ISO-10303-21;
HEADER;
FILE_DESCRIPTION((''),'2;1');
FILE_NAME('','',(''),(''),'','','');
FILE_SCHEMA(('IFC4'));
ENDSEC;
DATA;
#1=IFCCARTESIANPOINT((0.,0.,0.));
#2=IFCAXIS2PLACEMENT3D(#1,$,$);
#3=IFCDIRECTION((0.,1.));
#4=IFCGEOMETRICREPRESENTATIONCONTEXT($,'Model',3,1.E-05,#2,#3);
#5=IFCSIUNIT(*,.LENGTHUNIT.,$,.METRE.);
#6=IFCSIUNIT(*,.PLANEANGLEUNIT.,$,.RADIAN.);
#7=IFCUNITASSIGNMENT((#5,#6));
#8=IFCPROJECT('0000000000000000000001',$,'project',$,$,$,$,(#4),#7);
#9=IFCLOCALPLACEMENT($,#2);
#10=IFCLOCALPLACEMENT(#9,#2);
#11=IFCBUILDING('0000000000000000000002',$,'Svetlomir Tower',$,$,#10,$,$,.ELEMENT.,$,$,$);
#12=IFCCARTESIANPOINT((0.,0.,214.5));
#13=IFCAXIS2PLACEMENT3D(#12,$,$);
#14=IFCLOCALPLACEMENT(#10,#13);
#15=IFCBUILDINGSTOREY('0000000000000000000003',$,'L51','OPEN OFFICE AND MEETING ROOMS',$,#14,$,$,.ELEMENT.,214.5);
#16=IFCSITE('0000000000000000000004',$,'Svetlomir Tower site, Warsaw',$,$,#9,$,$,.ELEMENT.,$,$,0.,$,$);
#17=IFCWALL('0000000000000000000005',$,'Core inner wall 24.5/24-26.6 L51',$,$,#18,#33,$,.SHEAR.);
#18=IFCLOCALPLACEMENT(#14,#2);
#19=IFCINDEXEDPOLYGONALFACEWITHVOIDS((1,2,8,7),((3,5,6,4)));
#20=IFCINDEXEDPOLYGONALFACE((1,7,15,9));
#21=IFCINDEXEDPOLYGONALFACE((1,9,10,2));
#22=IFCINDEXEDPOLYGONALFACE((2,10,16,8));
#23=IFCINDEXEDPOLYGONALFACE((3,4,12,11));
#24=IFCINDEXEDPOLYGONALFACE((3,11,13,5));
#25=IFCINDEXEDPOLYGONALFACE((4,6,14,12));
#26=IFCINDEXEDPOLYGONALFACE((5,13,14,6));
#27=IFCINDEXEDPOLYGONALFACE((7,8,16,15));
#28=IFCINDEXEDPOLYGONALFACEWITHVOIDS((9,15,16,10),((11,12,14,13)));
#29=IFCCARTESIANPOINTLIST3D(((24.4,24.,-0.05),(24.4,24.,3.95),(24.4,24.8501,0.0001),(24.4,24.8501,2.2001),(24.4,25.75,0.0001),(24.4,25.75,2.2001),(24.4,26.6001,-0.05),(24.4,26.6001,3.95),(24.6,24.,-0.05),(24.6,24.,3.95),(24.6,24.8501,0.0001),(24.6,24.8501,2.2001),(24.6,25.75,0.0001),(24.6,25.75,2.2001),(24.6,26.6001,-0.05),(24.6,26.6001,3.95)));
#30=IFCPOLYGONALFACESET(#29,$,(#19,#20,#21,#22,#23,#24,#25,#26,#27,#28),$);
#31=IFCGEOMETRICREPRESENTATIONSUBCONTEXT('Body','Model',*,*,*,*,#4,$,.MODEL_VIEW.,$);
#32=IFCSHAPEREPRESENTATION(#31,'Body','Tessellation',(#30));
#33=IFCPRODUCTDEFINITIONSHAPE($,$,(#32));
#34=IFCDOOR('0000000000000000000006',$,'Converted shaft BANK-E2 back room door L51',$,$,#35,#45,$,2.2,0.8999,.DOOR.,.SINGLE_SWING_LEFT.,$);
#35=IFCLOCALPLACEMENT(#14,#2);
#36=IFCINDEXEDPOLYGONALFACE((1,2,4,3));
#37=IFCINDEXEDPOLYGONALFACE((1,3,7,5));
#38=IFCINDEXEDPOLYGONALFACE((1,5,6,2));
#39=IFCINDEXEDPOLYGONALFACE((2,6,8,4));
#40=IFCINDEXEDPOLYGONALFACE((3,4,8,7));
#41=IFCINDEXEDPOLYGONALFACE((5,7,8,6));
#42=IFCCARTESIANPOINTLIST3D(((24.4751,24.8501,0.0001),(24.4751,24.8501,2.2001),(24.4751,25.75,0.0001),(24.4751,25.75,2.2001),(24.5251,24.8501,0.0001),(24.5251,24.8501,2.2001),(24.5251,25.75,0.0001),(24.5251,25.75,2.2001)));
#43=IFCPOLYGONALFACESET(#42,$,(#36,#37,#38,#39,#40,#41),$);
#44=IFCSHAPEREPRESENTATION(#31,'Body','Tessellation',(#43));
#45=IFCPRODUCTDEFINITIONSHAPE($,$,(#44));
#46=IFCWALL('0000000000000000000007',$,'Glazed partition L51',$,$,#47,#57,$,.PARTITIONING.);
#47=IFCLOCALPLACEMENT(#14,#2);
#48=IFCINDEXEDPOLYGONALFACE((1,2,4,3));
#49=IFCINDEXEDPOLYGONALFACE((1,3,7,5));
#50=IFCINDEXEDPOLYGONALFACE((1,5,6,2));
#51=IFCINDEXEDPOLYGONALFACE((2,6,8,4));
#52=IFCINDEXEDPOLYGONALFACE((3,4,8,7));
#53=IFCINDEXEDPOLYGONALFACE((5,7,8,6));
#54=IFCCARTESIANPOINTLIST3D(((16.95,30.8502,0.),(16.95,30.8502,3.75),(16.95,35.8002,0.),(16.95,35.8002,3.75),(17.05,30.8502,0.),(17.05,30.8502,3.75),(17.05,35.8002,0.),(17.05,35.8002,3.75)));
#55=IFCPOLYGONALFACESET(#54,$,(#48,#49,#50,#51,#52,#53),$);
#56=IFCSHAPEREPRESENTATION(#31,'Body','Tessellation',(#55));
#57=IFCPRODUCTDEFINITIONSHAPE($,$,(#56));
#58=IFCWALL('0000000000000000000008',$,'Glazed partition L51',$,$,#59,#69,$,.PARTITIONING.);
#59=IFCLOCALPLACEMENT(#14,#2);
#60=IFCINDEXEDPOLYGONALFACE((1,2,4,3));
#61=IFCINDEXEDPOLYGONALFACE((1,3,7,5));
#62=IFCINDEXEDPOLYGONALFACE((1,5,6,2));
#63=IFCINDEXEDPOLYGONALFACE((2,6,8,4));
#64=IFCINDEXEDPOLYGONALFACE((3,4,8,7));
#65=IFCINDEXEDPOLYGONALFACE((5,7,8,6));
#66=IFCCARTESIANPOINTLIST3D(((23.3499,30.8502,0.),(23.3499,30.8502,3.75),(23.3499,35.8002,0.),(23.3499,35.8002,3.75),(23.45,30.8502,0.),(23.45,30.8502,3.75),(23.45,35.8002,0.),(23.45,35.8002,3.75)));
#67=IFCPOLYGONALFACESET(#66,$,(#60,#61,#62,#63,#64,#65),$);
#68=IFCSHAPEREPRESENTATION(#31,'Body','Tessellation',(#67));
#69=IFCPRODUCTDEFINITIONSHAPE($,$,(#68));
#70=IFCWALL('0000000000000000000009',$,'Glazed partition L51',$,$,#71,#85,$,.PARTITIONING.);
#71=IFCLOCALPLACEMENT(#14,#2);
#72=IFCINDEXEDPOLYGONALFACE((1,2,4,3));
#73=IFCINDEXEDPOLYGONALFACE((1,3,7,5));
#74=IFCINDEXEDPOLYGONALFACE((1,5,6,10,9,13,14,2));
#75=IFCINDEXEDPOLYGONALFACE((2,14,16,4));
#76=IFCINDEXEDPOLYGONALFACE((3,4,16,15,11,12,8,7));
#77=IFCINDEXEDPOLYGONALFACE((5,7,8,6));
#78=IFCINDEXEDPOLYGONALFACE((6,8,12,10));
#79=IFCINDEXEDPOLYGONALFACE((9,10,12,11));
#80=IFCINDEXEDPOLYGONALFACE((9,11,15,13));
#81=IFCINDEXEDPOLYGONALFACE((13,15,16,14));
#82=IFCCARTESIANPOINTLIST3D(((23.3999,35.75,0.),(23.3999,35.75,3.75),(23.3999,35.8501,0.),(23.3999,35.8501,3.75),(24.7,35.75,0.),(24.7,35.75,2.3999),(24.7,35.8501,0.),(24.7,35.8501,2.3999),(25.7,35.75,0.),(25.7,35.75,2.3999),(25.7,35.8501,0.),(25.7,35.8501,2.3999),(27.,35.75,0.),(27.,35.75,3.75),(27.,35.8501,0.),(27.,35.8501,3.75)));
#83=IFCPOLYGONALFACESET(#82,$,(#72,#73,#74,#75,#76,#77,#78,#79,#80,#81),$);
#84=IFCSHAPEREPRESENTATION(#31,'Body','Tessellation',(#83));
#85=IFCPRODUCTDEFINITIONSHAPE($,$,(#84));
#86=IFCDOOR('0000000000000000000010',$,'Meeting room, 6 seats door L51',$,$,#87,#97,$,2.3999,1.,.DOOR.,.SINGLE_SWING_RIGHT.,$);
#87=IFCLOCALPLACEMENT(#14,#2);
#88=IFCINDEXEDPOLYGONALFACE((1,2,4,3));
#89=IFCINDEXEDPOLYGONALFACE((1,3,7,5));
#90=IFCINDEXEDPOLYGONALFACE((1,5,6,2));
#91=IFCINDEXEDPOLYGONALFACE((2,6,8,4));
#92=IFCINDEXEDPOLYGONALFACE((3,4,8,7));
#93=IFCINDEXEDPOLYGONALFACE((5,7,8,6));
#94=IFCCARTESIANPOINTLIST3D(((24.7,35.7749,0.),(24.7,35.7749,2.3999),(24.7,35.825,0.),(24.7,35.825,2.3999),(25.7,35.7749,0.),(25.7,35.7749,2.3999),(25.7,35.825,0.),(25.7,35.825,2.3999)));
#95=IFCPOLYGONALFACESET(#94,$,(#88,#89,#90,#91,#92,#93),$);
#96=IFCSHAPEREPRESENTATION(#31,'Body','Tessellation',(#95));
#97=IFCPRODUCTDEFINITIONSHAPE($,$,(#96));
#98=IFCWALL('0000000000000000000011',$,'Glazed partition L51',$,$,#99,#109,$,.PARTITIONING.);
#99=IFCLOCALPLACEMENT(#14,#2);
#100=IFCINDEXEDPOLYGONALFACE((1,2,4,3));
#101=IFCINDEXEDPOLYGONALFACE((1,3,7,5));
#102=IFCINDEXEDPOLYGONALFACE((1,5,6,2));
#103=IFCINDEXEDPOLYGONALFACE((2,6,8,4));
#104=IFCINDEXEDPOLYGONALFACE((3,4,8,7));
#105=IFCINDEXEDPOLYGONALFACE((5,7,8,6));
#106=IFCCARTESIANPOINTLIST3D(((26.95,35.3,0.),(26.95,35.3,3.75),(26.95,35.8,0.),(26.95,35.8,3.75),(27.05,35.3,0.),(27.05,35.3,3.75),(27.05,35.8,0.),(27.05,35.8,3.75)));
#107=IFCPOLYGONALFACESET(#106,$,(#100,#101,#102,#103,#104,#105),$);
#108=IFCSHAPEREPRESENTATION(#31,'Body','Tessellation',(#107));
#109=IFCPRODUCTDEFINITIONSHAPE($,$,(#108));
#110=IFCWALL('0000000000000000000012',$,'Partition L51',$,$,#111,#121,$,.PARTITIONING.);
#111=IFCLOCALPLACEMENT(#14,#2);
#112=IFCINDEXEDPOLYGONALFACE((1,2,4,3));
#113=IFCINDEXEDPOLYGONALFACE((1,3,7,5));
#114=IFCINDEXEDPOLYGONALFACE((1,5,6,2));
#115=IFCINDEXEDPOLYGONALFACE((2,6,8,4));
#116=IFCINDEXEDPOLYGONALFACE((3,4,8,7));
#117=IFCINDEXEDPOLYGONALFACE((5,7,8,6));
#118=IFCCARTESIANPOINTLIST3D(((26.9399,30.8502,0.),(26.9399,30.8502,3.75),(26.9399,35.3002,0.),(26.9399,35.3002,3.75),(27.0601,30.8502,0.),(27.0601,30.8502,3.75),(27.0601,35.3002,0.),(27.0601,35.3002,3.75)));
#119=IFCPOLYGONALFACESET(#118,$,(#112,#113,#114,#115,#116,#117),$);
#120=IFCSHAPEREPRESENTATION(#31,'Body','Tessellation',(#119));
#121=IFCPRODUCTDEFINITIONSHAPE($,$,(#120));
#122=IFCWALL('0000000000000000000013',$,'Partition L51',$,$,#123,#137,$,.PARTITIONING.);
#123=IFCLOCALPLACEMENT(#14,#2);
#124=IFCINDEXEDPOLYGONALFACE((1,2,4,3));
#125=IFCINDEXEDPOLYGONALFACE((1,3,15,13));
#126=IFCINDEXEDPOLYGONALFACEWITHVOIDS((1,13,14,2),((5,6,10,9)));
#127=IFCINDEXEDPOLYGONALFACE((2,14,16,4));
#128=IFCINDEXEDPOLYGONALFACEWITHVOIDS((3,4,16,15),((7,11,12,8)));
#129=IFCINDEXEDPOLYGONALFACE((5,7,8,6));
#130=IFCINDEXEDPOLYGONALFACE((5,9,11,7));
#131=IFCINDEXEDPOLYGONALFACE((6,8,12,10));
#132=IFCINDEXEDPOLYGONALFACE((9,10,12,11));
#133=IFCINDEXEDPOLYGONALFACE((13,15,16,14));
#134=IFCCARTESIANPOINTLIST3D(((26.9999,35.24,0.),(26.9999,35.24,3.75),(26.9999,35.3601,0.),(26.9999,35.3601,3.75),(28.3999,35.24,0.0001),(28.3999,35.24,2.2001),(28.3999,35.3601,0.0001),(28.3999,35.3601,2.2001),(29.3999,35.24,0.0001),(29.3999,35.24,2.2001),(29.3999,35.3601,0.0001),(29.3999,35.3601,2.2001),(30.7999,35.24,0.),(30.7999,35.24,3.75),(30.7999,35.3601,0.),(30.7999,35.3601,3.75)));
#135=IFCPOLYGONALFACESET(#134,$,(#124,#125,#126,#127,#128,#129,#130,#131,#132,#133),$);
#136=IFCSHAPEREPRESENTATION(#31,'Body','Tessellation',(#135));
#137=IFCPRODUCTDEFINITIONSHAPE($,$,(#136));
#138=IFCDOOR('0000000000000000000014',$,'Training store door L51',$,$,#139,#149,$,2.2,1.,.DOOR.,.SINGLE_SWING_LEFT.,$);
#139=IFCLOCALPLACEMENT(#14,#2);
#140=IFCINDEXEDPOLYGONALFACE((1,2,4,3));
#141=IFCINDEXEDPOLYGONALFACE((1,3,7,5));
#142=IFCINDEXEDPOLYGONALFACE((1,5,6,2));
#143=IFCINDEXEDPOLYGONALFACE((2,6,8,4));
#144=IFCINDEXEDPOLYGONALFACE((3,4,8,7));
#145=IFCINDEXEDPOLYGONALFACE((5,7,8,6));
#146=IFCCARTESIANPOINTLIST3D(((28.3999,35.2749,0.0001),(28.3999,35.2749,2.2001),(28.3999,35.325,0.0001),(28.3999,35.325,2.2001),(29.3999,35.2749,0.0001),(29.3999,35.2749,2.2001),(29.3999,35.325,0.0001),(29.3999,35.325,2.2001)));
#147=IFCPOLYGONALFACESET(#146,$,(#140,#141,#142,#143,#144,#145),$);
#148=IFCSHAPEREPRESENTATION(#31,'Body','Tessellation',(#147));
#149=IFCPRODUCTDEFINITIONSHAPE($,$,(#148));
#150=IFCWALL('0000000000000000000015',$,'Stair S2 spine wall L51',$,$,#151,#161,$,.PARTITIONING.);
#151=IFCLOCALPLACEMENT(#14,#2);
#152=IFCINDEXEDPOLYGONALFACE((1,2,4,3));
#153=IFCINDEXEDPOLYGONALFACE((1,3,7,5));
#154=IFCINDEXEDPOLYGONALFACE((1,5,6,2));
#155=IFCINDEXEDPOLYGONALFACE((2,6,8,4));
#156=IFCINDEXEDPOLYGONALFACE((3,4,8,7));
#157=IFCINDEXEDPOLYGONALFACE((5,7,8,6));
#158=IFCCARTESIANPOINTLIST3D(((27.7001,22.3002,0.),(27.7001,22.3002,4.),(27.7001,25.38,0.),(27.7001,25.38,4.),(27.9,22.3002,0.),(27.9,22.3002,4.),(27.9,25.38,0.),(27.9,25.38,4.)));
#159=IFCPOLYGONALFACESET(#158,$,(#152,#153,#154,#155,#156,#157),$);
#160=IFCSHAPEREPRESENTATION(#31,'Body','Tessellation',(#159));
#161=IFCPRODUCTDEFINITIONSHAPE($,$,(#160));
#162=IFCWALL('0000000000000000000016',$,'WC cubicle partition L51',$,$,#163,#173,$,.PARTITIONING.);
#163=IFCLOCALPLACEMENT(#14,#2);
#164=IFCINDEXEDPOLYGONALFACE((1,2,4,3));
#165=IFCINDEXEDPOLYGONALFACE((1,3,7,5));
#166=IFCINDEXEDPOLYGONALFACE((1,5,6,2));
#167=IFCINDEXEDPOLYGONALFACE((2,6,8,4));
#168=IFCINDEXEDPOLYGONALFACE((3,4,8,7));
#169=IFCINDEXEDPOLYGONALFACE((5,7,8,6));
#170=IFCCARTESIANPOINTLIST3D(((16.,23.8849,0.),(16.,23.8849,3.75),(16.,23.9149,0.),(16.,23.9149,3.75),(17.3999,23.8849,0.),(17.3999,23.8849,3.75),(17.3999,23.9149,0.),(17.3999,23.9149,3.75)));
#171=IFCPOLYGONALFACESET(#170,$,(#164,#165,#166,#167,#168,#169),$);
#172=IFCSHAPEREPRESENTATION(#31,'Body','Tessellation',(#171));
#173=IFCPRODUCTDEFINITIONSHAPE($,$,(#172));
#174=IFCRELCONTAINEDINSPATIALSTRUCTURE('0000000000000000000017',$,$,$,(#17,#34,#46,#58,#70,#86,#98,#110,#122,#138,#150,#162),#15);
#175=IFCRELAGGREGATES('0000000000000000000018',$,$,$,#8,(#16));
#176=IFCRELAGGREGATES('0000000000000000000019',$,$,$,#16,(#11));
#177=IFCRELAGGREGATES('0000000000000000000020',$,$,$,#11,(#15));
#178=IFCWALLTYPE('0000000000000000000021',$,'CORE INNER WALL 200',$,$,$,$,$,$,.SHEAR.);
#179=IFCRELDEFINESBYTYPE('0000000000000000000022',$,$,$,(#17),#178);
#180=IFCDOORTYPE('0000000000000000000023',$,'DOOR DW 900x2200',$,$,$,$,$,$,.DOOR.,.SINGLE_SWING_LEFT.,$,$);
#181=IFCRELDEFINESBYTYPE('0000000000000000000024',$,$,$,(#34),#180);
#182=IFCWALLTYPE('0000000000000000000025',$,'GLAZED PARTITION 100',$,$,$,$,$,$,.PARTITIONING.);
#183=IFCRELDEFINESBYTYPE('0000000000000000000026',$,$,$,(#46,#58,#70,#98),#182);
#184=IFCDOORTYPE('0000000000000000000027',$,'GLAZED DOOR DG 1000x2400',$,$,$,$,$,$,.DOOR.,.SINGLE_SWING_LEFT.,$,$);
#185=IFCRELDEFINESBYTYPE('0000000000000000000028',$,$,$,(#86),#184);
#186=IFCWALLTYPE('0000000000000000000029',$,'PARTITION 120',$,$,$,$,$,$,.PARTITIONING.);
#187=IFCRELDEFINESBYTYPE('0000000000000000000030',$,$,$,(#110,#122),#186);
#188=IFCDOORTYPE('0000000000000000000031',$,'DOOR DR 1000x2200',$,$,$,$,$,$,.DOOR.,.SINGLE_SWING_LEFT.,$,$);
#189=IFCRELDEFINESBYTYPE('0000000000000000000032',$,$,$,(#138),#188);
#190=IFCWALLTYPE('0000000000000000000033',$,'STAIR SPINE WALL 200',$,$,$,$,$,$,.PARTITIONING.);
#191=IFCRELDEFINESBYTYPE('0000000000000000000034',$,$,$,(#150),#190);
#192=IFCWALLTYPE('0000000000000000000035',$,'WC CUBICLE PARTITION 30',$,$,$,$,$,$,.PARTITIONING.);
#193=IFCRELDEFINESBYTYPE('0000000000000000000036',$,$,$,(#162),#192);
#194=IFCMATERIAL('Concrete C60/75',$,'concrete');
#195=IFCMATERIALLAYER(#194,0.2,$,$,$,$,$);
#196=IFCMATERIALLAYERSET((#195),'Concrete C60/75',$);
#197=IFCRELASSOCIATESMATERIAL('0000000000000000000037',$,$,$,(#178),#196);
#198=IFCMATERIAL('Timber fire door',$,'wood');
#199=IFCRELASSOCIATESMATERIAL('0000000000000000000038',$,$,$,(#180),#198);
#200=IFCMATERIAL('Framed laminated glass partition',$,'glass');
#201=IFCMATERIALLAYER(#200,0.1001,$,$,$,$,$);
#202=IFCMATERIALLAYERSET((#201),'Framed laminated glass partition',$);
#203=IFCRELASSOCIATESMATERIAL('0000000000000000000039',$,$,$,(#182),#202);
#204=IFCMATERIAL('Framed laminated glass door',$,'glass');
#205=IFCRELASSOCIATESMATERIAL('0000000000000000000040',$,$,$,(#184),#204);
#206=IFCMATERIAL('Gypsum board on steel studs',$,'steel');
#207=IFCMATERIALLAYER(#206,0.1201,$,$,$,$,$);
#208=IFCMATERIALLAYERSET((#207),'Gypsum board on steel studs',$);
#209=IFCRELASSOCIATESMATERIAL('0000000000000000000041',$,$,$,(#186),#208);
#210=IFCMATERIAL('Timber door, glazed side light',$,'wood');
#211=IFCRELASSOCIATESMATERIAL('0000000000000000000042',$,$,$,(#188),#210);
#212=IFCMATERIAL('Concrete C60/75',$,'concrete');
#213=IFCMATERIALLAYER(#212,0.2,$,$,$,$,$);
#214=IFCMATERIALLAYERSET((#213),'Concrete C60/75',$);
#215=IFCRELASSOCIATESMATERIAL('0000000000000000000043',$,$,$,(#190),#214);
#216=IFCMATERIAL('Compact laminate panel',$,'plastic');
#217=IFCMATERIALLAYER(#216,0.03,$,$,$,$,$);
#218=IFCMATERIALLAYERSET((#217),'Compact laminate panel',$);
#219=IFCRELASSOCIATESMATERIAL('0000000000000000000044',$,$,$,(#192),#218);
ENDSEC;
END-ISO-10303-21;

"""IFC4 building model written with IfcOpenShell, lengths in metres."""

from ifc_helpers import new_model, si_unit, direction, frame, frame_2d, origin, place, context, subcontext, project, spatial, rectangle, extrude, material, layer, layer_set, type_object, element, fill, save


model = new_model("IFC4")

# Units and contexts
model_context = context("Model", 3, precision=1e-05, world=origin(), true_north=direction((0.0, 1.0)))
body_context = subcontext(model_context, "Body", "Model", "MODEL_VIEW")
ifc_project = project(units=[si_unit("LENGTHUNIT", "METRE"), si_unit("PLANEANGLEUNIT", "RADIAN")], contexts=[model_context])

# Site, building, storey
site_placement = place(None, origin())
site = spatial("IfcSite", under=ifc_project, at=site_placement, Name="Svetlomir Tower site, Warsaw", CompositionType="ELEMENT", RefElevation=0.0)
building_placement = place(site_placement, origin())
building = spatial("IfcBuilding", under=site, at=building_placement, Name="Svetlomir Tower", CompositionType="ELEMENT")
storey_placement = place(building_placement, frame((0.0, 0.0, 214.5)))
storey = spatial("IfcBuildingStorey", under=building, at=storey_placement, Name="L51", Description="OPEN OFFICE AND MEETING ROOMS", CompositionType="ELEMENT", Elevation=214.5)

# Shared definitions
ifc_material_1 = material(Name="Concrete C60/75", Category="concrete")
ifc_layer_1 = layer(ifc_material_1, 0.2)
ifc_layer_set_1 = layer_set([ifc_layer_1], Name="Concrete C60/75")
wall_type_1 = type_object("IfcWallType", Name="CORE INNER WALL 200", PredefinedType="SHEAR", material=ifc_layer_set_1)

# Wall, opening, door
ifc_material_2 = material(Name="Timber fire door", Category="wood")
door_type_1 = type_object("IfcDoorType", Name="DOOR DW 900x2200", OperationType="SINGLE_SWING_LEFT", PredefinedType="DOOR", material=ifc_material_2)
wall_1_placement = place(storey_placement, frame((24.5, 24.0, -0.05), z_axis=(0.0, 0.0, 1.0), x_axis=(0.0, 1.0, 0.0)))
wall_1 = element("IfcWall", 1, at=wall_1_placement, inside=storey, type_object=wall_type_1, Name="Core inner wall 24.5/24-26.6 L51", PredefinedType="SHEAR", context=body_context, shape_type="SweptSolid", body=[
    extrude(rectangle(XDim=2.6001, YDim=0.2, at=frame_2d((1.3, 0.0))), origin(), (0.0, 0.0, 1.0), 4.0),
])
opening_1_placement = place(wall_1_placement, frame((0.8501, 0.0, 0.05)))
opening_1 = element("IfcOpeningElement", 2, at=opening_1_placement, cuts=wall_1, PredefinedType="OPENING", context=body_context, shape_type="SweptSolid", body=[
    extrude(rectangle(XDim=0.8999, YDim=2.2, at=frame_2d((0.45, 1.1001))), frame((0.0, 0.1099, 0.0), z_axis=(0.0, -1.0, 0.0), x_axis=(1.0, 0.0, 0.0)), (0.0, 0.0, 1.0), 0.22),
])
door_1_placement = place(opening_1_placement, origin())
door_1 = element("IfcDoor", 3, at=door_1_placement, inside=storey, type_object=door_type_1, Name="Converted shaft BANK-E2 back room door L51", OperationType="SINGLE_SWING_LEFT", OverallHeight=2.2, OverallWidth=0.8999, PredefinedType="DOOR", context=body_context, shape_type="SweptSolid", body=[
    extrude(rectangle(XDim=0.8999, YDim=2.2, at=frame_2d((0.45, 1.1001))), frame((0.0, 0.0249, 0.0), z_axis=(0.0, -1.0, 0.0), x_axis=(1.0, 0.0, 0.0)), (0.0, 0.0, 1.0), 0.05),
])
fill(opening_1, door_1)

# Walls
ifc_material_3 = material(Name="Framed laminated glass partition", Category="glass")
ifc_layer_2 = layer(ifc_material_3, 0.1001)
ifc_layer_set_2 = layer_set([ifc_layer_2], Name="Framed laminated glass partition")
wall_type_2 = type_object("IfcWallType", Name="GLAZED PARTITION 100", PredefinedType="PARTITIONING", material=ifc_layer_set_2)
for number, where, z_axis, x_axis, name in (
    (4, (17.0, 30.8501, 0.0), (0.0, 0.0, 1.0), (0.0, 1.0, 0.0), "Glazed partition L51"),
    (5, (23.3999, 30.8501, 0.0), (0.0, 0.0, 1.0), (0.0, 1.0, 0.0), "Glazed partition L51"),
):
    element("IfcWall", number, at=place(storey_placement, frame(where, z_axis=z_axis, x_axis=x_axis)), inside=storey, type_object=wall_type_2, Name=name, PredefinedType="PARTITIONING", context=body_context, shape_type="SweptSolid", body=[
        extrude(rectangle(XDim=4.95, YDim=0.1001, at=frame_2d((2.4751, 0.0))), origin(), (0.0, 0.0, 1.0), 3.75),
    ])

# Wall, opening, door
wall_2_placement = place(storey_placement, frame((23.3999, 35.8, 0.0), z_axis=(0.0, 0.0, 1.0), x_axis=(1.0, 0.0, 0.0)))
wall_2 = element("IfcWall", 6, at=wall_2_placement, inside=storey, type_object=wall_type_2, Name="Glazed partition L51", PredefinedType="PARTITIONING", context=body_context, shape_type="SweptSolid", body=[
    extrude(rectangle(XDim=3.6001, YDim=0.1001, at=frame_2d((1.8, 0.0))), origin(), (0.0, 0.0, 1.0), 3.75),
])
opening_2_placement = place(wall_2_placement, frame((1.3, 0.0, 0.0)))
opening_2 = element("IfcOpeningElement", 7, at=opening_2_placement, cuts=wall_2, PredefinedType="OPENING", context=body_context, shape_type="SweptSolid", body=[
    extrude(rectangle(XDim=1.0, YDim=2.3999, at=frame_2d((0.5, 1.2))), frame((0.0, 0.0601, 0.0), z_axis=(0.0, -1.0, 0.0), x_axis=(1.0, 0.0, 0.0)), (0.0, 0.0, 1.0), 0.1201),
])
ifc_material_4 = material(Name="Framed laminated glass door", Category="glass")
door_type_2 = type_object("IfcDoorType", Name="GLAZED DOOR DG 1000x2400", OperationType="SINGLE_SWING_LEFT", PredefinedType="DOOR", material=ifc_material_4)
door_2_placement = place(opening_2_placement, origin())
door_2 = element("IfcDoor", 8, at=door_2_placement, inside=storey, type_object=door_type_2, Name="Meeting room, 6 seats door L51", OperationType="SINGLE_SWING_RIGHT", OverallHeight=2.3999, OverallWidth=1.0, PredefinedType="DOOR", context=body_context, shape_type="SweptSolid", body=[
    extrude(rectangle(XDim=1.0, YDim=2.3999, at=frame_2d((0.5, 1.2))), frame((0.0, 0.0249, 0.0), z_axis=(0.0, -1.0, 0.0), x_axis=(1.0, 0.0, 0.0)), (0.0, 0.0, 1.0), 0.05),
])
fill(opening_2, door_2)

# Walls
wall_3_placement = place(storey_placement, frame((27.0, 35.3, 0.0), z_axis=(0.0, 0.0, 1.0), x_axis=(0.0, 1.0, 0.0)))
element("IfcWall", 9, at=wall_3_placement, inside=storey, type_object=wall_type_2, Name="Glazed partition L51", PredefinedType="PARTITIONING", context=body_context, shape_type="SweptSolid", body=[
    extrude(rectangle(XDim=0.5, YDim=0.1001, at=frame_2d((0.25, 0.0))), origin(), (0.0, 0.0, 1.0), 3.75),
])
ifc_material_5 = material(Name="Gypsum board on steel studs", Category="steel")
ifc_layer_3 = layer(ifc_material_5, 0.1201)
ifc_layer_set_3 = layer_set([ifc_layer_3], Name="Gypsum board on steel studs")
wall_type_3 = type_object("IfcWallType", Name="PARTITION 120", PredefinedType="PARTITIONING", material=ifc_layer_set_3)
wall_4_placement = place(storey_placement, frame((27.0, 30.8501, 0.0), z_axis=(0.0, 0.0, 1.0), x_axis=(0.0, 1.0, 0.0)))
element("IfcWall", 10, at=wall_4_placement, inside=storey, type_object=wall_type_3, Name="Partition L51", PredefinedType="PARTITIONING", context=body_context, shape_type="SweptSolid", body=[
    extrude(rectangle(XDim=4.45, YDim=0.1201, at=frame_2d((2.2251, 0.0))), origin(), (0.0, 0.0, 1.0), 3.75),
])

# Wall, opening, door
wall_5_placement = place(storey_placement, frame((27.0, 35.3, 0.0), z_axis=(0.0, 0.0, 1.0), x_axis=(1.0, 0.0, 0.0)))
wall_5 = element("IfcWall", 11, at=wall_5_placement, inside=storey, type_object=wall_type_3, Name="Partition L51", PredefinedType="PARTITIONING", context=body_context, shape_type="SweptSolid", body=[
    extrude(rectangle(XDim=3.8, YDim=0.1201, at=frame_2d((1.8999, 0.0))), origin(), (0.0, 0.0, 1.0), 3.75),
])
opening_3_placement = place(wall_5_placement, frame((1.3999, 0.0, 0.0)))
opening_3 = element("IfcOpeningElement", 12, at=opening_3_placement, cuts=wall_5, PredefinedType="OPENING", context=body_context, shape_type="SweptSolid", body=[
    extrude(rectangle(XDim=1.0, YDim=2.2, at=frame_2d((0.5, 1.1001))), frame((0.0, 0.0701, 0.0), z_axis=(0.0, -1.0, 0.0), x_axis=(1.0, 0.0, 0.0)), (0.0, 0.0, 1.0), 0.1401),
])
ifc_material_6 = material(Name="Timber door, glazed side light", Category="wood")
door_type_3 = type_object("IfcDoorType", Name="DOOR DR 1000x2200", OperationType="SINGLE_SWING_LEFT", PredefinedType="DOOR", material=ifc_material_6)
door_3_placement = place(opening_3_placement, origin())
door_3 = element("IfcDoor", 13, at=door_3_placement, inside=storey, type_object=door_type_3, Name="Training store door L51", OperationType="SINGLE_SWING_LEFT", OverallHeight=2.2, OverallWidth=1.0, PredefinedType="DOOR", context=body_context, shape_type="SweptSolid", body=[
    extrude(rectangle(XDim=1.0, YDim=2.2, at=frame_2d((0.5, 1.1001))), frame((0.0, 0.0249, 0.0), z_axis=(0.0, -1.0, 0.0), x_axis=(1.0, 0.0, 0.0)), (0.0, 0.0, 1.0), 0.05),
])
fill(opening_3, door_3)

# Walls
ifc_material_7 = material(Name="Concrete C60/75", Category="concrete")
ifc_layer_4 = layer(ifc_material_7, 0.2)
ifc_layer_set_4 = layer_set([ifc_layer_4], Name="Concrete C60/75")
wall_type_4 = type_object("IfcWallType", Name="STAIR SPINE WALL 200", PredefinedType="PARTITIONING", material=ifc_layer_set_4)
wall_6_placement = place(storey_placement, frame((27.8, 22.3, 0.0), z_axis=(0.0, 0.0, 1.0), x_axis=(0.0, 1.0, 0.0)))
element("IfcWall", 14, at=wall_6_placement, inside=storey, type_object=wall_type_4, Name="Stair S2 spine wall L51", PredefinedType="PARTITIONING", context=body_context, shape_type="SweptSolid", body=[
    extrude(rectangle(XDim=3.0798, YDim=0.2, at=frame_2d((1.54, 0.0))), origin(), (0.0, 0.0, 1.0), 4.0),
])
ifc_material_8 = material(Name="Compact laminate panel", Category="plastic")
ifc_layer_5 = layer(ifc_material_8, 0.03)
ifc_layer_set_5 = layer_set([ifc_layer_5], Name="Compact laminate panel")
wall_type_5 = type_object("IfcWallType", Name="WC CUBICLE PARTITION 30", PredefinedType="PARTITIONING", material=ifc_layer_set_5)
wall_7_placement = place(storey_placement, frame((16.0, 23.8999, 0.0), z_axis=(0.0, 0.0, 1.0), x_axis=(1.0, 0.0, 0.0)))
element("IfcWall", 15, at=wall_7_placement, inside=storey, type_object=wall_type_5, Name="WC cubicle partition L51", PredefinedType="PARTITIONING", context=body_context, shape_type="SweptSolid", body=[
    extrude(rectangle(XDim=1.3999, YDim=0.03, at=frame_2d((0.7, 0.0))), origin(), (0.0, 0.0, 1.0), 3.75),
])

save(model, "model.ifc")
